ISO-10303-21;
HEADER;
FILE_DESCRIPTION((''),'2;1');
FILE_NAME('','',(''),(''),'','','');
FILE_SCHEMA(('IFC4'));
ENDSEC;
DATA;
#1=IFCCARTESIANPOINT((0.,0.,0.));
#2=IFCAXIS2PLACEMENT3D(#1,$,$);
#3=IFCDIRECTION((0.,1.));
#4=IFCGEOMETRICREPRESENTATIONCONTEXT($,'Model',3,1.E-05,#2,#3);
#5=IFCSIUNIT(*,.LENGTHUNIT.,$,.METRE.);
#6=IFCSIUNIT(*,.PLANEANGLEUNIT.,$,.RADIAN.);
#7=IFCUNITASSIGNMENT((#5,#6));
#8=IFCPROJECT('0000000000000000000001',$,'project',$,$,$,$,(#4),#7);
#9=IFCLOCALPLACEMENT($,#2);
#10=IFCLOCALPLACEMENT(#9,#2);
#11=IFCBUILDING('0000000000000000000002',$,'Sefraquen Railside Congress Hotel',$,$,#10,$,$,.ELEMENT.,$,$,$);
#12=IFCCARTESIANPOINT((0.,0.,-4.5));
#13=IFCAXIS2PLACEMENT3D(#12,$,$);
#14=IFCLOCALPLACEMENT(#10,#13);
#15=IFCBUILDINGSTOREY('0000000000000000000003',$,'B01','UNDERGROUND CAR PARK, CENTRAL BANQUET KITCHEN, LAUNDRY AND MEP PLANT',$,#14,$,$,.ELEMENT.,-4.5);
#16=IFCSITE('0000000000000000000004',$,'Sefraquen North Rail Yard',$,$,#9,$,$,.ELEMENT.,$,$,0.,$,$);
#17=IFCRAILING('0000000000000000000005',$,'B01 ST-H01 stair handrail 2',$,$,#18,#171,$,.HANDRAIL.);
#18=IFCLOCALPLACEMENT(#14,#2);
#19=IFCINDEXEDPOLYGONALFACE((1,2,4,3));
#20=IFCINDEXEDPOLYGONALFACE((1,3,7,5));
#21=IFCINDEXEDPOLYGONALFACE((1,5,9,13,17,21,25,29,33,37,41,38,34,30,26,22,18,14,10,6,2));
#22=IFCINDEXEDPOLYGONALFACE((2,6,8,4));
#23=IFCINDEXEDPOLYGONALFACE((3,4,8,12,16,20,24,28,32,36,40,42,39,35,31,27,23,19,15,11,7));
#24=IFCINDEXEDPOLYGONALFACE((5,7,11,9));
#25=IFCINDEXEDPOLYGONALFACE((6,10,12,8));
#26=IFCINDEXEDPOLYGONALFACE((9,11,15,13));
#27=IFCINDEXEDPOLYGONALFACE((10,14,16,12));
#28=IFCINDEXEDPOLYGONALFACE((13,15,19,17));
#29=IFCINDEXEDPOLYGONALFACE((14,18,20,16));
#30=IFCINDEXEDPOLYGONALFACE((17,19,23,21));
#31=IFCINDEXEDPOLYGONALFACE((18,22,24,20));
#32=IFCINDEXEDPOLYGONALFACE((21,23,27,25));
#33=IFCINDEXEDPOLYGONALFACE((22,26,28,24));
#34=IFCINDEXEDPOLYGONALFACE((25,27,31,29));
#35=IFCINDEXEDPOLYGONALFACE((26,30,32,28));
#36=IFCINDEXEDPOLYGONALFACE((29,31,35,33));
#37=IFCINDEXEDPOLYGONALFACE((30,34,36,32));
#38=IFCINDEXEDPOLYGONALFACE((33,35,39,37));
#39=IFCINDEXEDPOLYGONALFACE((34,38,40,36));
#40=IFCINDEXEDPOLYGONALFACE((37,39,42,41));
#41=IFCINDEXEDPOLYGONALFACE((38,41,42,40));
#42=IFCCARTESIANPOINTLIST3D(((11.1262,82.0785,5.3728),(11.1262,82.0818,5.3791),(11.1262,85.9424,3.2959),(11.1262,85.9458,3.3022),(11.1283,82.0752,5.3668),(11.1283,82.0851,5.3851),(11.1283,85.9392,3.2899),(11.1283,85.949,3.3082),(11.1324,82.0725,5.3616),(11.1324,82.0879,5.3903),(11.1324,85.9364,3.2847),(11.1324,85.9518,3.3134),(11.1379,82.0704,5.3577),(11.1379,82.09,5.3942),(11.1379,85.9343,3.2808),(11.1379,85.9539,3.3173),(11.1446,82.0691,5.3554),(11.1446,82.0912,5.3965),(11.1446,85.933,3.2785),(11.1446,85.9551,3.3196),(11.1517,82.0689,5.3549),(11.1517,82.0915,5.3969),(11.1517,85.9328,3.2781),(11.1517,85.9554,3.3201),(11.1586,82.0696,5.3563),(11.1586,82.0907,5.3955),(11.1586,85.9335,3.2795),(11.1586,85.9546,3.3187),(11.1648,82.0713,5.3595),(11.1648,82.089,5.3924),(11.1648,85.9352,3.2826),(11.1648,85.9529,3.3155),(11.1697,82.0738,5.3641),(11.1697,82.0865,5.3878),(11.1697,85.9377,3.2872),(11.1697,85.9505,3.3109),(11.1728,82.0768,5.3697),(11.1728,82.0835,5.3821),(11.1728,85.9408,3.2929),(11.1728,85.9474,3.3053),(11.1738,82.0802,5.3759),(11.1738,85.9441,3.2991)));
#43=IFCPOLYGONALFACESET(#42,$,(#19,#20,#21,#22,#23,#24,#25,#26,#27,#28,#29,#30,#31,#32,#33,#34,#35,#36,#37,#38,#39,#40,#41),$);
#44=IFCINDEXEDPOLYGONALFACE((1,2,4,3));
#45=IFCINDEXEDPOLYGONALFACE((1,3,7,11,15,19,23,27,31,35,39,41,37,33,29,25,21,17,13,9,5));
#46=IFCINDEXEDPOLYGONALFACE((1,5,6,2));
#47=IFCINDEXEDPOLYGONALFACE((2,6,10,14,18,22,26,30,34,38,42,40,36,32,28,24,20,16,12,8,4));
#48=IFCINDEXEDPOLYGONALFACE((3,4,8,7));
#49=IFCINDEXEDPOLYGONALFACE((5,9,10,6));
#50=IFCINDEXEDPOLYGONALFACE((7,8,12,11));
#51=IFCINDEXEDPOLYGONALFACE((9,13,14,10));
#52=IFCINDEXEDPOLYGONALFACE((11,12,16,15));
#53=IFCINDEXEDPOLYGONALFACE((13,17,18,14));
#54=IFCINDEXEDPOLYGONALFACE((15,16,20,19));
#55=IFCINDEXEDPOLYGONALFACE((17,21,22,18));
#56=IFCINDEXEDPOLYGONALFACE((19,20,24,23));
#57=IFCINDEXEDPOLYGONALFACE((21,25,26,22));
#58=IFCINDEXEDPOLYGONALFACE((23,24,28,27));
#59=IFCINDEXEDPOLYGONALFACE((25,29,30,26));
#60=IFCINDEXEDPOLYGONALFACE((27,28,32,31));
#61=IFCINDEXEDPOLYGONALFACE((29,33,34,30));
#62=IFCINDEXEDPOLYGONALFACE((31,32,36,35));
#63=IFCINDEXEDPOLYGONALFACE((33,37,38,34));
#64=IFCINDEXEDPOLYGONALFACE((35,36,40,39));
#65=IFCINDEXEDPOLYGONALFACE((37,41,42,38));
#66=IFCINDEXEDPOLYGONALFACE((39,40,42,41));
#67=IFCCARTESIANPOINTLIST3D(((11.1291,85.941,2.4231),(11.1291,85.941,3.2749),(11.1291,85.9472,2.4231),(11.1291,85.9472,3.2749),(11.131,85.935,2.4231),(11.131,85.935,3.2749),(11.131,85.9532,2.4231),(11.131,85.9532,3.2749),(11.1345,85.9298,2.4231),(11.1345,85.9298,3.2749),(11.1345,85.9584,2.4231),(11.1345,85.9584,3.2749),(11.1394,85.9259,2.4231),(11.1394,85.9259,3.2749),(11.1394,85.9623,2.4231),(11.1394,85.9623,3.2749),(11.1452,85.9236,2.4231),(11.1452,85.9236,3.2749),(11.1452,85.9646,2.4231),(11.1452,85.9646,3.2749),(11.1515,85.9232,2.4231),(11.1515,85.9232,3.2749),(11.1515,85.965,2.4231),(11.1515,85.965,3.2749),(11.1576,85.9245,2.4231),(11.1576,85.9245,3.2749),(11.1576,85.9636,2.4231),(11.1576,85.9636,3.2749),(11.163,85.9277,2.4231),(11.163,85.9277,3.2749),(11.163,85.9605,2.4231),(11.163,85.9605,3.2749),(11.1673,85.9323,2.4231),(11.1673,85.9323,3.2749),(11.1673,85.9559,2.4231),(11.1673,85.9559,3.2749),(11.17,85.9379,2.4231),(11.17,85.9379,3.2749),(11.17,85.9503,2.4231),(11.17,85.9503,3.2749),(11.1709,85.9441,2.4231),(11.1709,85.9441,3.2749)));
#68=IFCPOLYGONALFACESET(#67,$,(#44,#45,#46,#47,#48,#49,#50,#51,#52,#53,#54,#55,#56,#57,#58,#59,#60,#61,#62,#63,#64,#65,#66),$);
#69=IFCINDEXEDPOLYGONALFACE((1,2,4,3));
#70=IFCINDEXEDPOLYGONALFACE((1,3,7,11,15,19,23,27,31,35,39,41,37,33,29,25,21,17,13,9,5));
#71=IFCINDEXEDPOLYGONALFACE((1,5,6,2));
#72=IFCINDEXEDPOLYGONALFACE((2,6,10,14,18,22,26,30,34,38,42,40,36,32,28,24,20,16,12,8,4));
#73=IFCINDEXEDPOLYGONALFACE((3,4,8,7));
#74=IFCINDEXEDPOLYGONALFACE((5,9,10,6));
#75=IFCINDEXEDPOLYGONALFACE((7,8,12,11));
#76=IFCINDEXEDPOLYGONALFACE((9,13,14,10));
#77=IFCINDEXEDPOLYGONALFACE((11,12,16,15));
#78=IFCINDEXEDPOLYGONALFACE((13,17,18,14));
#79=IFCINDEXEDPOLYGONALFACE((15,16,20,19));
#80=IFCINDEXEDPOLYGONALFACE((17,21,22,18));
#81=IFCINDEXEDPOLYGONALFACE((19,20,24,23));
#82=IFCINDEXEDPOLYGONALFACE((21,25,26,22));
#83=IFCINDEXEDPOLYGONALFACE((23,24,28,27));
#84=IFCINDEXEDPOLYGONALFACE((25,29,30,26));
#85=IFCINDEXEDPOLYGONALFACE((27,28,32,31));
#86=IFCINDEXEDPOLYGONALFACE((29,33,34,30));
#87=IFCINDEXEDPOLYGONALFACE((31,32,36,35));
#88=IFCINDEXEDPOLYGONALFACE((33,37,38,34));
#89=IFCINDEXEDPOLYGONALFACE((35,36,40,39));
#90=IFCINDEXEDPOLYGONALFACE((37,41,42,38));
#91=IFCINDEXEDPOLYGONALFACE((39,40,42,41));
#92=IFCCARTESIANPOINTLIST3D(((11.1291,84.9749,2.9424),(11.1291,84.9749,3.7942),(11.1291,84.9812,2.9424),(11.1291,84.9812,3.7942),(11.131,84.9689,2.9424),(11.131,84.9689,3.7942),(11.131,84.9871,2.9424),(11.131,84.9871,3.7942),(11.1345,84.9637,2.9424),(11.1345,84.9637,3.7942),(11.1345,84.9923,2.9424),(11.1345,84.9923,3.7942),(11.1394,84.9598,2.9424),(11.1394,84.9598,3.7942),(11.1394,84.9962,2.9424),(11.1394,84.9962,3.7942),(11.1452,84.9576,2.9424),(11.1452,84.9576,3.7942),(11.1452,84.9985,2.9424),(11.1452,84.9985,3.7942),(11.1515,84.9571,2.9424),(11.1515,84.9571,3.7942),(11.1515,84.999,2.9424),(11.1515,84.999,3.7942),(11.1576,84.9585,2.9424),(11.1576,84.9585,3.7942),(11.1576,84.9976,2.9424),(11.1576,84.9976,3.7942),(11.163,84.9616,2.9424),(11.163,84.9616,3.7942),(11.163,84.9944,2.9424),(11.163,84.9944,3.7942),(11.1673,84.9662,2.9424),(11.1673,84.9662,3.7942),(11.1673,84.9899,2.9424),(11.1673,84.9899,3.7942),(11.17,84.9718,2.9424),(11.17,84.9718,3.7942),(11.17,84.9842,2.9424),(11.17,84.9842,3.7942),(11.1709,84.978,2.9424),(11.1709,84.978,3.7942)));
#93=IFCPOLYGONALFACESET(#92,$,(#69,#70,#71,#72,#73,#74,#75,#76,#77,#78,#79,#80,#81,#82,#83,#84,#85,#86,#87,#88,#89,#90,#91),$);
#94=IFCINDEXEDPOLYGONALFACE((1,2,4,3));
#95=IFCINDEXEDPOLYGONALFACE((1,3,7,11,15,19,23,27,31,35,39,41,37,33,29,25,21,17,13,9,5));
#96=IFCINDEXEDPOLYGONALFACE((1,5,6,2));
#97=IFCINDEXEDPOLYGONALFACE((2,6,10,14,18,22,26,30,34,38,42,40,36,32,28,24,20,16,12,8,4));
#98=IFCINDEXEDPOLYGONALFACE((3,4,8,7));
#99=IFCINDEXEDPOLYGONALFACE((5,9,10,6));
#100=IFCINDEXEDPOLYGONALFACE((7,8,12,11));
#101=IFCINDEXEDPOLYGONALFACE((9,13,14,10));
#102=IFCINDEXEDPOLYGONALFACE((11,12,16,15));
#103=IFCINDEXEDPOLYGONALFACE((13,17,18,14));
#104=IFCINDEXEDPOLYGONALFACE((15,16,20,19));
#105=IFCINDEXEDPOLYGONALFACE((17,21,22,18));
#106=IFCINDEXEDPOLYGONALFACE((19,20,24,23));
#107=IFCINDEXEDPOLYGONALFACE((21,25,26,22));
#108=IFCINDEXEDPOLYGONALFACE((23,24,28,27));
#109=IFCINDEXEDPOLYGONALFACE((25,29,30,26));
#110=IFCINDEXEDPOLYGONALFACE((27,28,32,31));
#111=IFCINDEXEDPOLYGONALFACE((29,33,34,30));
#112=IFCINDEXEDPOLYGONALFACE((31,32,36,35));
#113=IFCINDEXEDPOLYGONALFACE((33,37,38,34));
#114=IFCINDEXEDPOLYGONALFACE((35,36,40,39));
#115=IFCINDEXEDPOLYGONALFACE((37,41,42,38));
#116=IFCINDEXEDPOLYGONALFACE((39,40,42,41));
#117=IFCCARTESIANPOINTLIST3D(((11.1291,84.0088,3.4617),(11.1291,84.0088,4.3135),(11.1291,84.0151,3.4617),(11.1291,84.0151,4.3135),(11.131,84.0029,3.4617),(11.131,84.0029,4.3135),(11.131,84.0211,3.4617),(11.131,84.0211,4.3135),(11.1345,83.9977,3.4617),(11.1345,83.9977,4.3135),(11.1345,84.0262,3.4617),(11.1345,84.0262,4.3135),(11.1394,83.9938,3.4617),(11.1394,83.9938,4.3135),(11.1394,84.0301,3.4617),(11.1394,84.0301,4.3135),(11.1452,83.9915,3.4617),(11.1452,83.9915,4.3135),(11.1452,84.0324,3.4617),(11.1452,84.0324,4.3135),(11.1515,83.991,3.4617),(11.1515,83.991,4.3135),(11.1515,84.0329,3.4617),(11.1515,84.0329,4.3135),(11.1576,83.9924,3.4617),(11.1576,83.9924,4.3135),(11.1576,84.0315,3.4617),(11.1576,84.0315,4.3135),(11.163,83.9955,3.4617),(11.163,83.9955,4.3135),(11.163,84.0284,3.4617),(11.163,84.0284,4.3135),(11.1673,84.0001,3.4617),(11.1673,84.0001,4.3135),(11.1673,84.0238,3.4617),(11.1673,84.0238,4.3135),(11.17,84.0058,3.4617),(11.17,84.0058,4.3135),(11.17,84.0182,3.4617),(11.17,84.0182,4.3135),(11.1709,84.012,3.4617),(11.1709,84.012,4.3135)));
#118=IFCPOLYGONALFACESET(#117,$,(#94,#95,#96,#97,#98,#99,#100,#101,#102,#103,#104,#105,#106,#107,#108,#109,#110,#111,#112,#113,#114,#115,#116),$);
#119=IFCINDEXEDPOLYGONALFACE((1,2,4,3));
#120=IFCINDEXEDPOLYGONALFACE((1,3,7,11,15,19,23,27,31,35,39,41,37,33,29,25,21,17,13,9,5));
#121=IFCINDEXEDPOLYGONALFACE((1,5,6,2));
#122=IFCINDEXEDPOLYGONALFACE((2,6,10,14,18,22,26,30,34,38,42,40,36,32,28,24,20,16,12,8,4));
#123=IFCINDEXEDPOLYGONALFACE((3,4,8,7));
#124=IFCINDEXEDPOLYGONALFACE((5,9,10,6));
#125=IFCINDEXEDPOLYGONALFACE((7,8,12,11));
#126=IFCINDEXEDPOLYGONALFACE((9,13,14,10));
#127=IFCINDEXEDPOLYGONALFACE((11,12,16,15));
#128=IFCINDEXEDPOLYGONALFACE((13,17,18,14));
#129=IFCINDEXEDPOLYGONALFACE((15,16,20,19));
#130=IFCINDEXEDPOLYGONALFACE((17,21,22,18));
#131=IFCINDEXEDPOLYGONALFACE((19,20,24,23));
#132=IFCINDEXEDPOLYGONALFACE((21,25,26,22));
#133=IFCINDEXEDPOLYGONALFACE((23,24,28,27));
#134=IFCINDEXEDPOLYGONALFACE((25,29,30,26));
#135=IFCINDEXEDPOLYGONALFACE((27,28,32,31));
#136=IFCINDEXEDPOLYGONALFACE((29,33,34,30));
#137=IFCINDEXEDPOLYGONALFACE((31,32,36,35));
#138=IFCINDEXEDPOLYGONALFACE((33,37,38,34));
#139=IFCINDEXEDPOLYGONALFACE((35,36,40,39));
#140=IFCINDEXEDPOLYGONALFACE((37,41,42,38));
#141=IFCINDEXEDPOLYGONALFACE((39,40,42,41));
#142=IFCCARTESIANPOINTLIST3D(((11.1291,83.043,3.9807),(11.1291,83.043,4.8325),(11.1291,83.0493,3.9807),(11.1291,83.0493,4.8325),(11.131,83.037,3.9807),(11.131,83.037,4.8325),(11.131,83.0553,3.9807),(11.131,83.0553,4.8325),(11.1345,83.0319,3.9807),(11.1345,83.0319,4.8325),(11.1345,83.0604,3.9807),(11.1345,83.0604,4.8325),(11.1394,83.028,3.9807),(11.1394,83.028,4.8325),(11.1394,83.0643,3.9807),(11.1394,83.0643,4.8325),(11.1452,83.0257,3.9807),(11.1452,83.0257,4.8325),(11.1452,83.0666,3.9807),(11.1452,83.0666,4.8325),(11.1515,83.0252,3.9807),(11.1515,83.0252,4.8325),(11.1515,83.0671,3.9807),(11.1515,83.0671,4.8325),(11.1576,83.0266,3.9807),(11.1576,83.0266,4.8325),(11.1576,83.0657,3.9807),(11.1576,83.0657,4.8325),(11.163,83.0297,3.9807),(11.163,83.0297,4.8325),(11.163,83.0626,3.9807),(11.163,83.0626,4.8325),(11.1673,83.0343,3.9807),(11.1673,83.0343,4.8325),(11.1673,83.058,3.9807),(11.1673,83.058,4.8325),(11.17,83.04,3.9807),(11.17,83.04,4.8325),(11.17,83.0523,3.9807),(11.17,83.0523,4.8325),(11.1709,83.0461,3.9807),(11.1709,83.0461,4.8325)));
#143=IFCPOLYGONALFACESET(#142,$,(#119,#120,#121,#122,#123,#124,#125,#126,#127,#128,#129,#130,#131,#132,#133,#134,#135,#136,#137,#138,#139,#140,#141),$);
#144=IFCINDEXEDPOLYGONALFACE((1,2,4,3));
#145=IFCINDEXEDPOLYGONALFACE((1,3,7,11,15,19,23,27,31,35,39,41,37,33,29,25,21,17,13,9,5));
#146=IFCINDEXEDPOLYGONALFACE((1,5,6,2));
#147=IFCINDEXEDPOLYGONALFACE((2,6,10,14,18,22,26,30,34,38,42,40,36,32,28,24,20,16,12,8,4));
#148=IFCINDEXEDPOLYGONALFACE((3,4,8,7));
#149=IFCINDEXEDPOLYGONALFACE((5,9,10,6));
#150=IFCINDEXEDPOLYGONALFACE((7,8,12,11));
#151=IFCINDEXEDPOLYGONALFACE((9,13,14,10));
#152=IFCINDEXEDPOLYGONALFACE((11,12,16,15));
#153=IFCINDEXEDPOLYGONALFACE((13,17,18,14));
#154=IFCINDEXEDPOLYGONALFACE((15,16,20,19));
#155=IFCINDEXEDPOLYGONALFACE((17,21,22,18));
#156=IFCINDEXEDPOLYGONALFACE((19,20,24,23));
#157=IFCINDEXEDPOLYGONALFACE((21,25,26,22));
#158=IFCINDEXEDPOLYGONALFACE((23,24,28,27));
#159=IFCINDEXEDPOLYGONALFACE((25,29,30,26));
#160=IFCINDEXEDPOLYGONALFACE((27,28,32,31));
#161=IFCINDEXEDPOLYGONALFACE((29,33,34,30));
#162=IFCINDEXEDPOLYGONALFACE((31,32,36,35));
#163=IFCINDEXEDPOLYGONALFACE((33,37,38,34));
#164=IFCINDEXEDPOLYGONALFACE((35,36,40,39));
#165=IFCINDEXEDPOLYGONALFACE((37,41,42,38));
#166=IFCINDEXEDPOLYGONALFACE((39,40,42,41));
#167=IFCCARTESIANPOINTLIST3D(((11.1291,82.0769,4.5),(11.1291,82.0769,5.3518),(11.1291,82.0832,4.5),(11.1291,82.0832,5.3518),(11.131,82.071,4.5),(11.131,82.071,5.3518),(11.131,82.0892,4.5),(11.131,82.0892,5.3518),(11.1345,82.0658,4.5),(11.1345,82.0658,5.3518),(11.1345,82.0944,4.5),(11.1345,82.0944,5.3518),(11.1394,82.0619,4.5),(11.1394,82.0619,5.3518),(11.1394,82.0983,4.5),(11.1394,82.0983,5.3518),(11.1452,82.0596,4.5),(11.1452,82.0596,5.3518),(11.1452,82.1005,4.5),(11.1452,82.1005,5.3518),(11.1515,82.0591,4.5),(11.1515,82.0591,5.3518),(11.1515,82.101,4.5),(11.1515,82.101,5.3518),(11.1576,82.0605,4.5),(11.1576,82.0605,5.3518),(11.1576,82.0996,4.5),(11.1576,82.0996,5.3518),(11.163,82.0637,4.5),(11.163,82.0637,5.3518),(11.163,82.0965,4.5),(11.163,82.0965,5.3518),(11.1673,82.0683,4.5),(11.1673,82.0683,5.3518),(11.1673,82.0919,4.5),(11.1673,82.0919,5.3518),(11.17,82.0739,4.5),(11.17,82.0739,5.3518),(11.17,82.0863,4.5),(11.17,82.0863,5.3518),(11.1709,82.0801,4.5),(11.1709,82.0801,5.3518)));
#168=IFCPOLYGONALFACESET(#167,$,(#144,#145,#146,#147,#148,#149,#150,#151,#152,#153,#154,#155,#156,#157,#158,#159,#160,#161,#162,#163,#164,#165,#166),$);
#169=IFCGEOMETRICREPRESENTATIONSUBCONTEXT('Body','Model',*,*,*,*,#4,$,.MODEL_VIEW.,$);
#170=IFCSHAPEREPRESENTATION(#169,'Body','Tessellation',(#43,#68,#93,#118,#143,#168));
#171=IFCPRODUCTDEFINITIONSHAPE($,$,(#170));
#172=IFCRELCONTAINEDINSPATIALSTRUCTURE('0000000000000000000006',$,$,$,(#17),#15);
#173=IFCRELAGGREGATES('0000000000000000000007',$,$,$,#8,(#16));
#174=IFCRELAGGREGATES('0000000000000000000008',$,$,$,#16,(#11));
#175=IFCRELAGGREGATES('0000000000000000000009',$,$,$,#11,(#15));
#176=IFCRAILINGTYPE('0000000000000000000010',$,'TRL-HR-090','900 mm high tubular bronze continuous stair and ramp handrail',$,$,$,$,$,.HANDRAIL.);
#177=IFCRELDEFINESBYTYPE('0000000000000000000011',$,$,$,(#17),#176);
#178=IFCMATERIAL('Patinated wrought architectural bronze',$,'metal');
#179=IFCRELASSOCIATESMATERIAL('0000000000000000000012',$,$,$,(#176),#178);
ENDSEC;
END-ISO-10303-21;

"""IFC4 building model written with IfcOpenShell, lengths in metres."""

from ifc_helpers import new_model, si_unit, direction, frame, origin, origin_2d, place, context, subcontext, project, spatial, circle, extrude, material, type_object, element, save


model = new_model("IFC4")

# Units and contexts
model_context = context("Model", 3, precision=1e-05, world=origin(), true_north=direction((0.0, 1.0)))
body_context = subcontext(model_context, "Body", "Model", "MODEL_VIEW")
ifc_project = project(units=[si_unit("LENGTHUNIT", "METRE"), si_unit("PLANEANGLEUNIT", "RADIAN")], contexts=[model_context])

# Site, building, storey
site_placement = place(None, origin())
site = spatial("IfcSite", under=ifc_project, at=site_placement, Name="Sefraquen North Rail Yard", CompositionType="ELEMENT", RefElevation=0.0)
building_placement = place(site_placement, origin())
building = spatial("IfcBuilding", under=site, at=building_placement, Name="Sefraquen Railside Congress Hotel", CompositionType="ELEMENT")
storey_placement = place(building_placement, frame((0.0, 0.0, -4.5)))
storey = spatial("IfcBuildingStorey", under=building, at=storey_placement, Name="B01", Description="UNDERGROUND CAR PARK, CENTRAL BANQUET KITCHEN, LAUNDRY AND MEP PLANT", CompositionType="ELEMENT", Elevation=-4.5)

# Railing
ifc_material_1 = material(Name="Patinated wrought architectural bronze", Category="metal")
railing_type_1 = type_object("IfcRailingType", Name="TRL-HR-090", Description="900 mm high tubular bronze continuous stair and ramp handrail", PredefinedType="HANDRAIL", material=ifc_material_1)
railing_1_placement = place(storey_placement, frame((11.1499, 85.9441, 2.4231)))
element("IfcRailing", 1, at=railing_1_placement, inside=storey, type_object=railing_type_1, Name="B01 ST-H01 stair handrail 2", PredefinedType="HANDRAIL", context=body_context, shape_type="SweptSolid", body=[
    extrude(circle(Radius=0.0239, at=origin_2d()), frame((0.0, 0.0, 0.876), z_axis=(0.0, -0.880825, 0.473443), x_axis=(1.0, 0.0, 0.0)), (0.0, 0.0, 1.0), 4.3867),
    extrude(circle(Radius=0.021, at=origin_2d()), origin(), (0.0, 0.0, 1.0), 0.8518),
    extrude(circle(Radius=0.021, at=origin_2d()), frame((0.0, -0.9661, 0.5193)), (0.0, 0.0, 1.0), 0.8518),
    extrude(circle(Radius=0.021, at=origin_2d()), frame((0.0, -1.9321, 1.0386)), (0.0, 0.0, 1.0), 0.8518),
    extrude(circle(Radius=0.021, at=origin_2d()), frame((0.0, -2.8979, 1.5576)), (0.0, 0.0, 1.0), 0.8518),
    extrude(circle(Radius=0.021, at=origin_2d()), frame((0.0, -3.864, 2.0769)), (0.0, 0.0, 1.0), 0.8518),
])

save(model, "model.ifc")
